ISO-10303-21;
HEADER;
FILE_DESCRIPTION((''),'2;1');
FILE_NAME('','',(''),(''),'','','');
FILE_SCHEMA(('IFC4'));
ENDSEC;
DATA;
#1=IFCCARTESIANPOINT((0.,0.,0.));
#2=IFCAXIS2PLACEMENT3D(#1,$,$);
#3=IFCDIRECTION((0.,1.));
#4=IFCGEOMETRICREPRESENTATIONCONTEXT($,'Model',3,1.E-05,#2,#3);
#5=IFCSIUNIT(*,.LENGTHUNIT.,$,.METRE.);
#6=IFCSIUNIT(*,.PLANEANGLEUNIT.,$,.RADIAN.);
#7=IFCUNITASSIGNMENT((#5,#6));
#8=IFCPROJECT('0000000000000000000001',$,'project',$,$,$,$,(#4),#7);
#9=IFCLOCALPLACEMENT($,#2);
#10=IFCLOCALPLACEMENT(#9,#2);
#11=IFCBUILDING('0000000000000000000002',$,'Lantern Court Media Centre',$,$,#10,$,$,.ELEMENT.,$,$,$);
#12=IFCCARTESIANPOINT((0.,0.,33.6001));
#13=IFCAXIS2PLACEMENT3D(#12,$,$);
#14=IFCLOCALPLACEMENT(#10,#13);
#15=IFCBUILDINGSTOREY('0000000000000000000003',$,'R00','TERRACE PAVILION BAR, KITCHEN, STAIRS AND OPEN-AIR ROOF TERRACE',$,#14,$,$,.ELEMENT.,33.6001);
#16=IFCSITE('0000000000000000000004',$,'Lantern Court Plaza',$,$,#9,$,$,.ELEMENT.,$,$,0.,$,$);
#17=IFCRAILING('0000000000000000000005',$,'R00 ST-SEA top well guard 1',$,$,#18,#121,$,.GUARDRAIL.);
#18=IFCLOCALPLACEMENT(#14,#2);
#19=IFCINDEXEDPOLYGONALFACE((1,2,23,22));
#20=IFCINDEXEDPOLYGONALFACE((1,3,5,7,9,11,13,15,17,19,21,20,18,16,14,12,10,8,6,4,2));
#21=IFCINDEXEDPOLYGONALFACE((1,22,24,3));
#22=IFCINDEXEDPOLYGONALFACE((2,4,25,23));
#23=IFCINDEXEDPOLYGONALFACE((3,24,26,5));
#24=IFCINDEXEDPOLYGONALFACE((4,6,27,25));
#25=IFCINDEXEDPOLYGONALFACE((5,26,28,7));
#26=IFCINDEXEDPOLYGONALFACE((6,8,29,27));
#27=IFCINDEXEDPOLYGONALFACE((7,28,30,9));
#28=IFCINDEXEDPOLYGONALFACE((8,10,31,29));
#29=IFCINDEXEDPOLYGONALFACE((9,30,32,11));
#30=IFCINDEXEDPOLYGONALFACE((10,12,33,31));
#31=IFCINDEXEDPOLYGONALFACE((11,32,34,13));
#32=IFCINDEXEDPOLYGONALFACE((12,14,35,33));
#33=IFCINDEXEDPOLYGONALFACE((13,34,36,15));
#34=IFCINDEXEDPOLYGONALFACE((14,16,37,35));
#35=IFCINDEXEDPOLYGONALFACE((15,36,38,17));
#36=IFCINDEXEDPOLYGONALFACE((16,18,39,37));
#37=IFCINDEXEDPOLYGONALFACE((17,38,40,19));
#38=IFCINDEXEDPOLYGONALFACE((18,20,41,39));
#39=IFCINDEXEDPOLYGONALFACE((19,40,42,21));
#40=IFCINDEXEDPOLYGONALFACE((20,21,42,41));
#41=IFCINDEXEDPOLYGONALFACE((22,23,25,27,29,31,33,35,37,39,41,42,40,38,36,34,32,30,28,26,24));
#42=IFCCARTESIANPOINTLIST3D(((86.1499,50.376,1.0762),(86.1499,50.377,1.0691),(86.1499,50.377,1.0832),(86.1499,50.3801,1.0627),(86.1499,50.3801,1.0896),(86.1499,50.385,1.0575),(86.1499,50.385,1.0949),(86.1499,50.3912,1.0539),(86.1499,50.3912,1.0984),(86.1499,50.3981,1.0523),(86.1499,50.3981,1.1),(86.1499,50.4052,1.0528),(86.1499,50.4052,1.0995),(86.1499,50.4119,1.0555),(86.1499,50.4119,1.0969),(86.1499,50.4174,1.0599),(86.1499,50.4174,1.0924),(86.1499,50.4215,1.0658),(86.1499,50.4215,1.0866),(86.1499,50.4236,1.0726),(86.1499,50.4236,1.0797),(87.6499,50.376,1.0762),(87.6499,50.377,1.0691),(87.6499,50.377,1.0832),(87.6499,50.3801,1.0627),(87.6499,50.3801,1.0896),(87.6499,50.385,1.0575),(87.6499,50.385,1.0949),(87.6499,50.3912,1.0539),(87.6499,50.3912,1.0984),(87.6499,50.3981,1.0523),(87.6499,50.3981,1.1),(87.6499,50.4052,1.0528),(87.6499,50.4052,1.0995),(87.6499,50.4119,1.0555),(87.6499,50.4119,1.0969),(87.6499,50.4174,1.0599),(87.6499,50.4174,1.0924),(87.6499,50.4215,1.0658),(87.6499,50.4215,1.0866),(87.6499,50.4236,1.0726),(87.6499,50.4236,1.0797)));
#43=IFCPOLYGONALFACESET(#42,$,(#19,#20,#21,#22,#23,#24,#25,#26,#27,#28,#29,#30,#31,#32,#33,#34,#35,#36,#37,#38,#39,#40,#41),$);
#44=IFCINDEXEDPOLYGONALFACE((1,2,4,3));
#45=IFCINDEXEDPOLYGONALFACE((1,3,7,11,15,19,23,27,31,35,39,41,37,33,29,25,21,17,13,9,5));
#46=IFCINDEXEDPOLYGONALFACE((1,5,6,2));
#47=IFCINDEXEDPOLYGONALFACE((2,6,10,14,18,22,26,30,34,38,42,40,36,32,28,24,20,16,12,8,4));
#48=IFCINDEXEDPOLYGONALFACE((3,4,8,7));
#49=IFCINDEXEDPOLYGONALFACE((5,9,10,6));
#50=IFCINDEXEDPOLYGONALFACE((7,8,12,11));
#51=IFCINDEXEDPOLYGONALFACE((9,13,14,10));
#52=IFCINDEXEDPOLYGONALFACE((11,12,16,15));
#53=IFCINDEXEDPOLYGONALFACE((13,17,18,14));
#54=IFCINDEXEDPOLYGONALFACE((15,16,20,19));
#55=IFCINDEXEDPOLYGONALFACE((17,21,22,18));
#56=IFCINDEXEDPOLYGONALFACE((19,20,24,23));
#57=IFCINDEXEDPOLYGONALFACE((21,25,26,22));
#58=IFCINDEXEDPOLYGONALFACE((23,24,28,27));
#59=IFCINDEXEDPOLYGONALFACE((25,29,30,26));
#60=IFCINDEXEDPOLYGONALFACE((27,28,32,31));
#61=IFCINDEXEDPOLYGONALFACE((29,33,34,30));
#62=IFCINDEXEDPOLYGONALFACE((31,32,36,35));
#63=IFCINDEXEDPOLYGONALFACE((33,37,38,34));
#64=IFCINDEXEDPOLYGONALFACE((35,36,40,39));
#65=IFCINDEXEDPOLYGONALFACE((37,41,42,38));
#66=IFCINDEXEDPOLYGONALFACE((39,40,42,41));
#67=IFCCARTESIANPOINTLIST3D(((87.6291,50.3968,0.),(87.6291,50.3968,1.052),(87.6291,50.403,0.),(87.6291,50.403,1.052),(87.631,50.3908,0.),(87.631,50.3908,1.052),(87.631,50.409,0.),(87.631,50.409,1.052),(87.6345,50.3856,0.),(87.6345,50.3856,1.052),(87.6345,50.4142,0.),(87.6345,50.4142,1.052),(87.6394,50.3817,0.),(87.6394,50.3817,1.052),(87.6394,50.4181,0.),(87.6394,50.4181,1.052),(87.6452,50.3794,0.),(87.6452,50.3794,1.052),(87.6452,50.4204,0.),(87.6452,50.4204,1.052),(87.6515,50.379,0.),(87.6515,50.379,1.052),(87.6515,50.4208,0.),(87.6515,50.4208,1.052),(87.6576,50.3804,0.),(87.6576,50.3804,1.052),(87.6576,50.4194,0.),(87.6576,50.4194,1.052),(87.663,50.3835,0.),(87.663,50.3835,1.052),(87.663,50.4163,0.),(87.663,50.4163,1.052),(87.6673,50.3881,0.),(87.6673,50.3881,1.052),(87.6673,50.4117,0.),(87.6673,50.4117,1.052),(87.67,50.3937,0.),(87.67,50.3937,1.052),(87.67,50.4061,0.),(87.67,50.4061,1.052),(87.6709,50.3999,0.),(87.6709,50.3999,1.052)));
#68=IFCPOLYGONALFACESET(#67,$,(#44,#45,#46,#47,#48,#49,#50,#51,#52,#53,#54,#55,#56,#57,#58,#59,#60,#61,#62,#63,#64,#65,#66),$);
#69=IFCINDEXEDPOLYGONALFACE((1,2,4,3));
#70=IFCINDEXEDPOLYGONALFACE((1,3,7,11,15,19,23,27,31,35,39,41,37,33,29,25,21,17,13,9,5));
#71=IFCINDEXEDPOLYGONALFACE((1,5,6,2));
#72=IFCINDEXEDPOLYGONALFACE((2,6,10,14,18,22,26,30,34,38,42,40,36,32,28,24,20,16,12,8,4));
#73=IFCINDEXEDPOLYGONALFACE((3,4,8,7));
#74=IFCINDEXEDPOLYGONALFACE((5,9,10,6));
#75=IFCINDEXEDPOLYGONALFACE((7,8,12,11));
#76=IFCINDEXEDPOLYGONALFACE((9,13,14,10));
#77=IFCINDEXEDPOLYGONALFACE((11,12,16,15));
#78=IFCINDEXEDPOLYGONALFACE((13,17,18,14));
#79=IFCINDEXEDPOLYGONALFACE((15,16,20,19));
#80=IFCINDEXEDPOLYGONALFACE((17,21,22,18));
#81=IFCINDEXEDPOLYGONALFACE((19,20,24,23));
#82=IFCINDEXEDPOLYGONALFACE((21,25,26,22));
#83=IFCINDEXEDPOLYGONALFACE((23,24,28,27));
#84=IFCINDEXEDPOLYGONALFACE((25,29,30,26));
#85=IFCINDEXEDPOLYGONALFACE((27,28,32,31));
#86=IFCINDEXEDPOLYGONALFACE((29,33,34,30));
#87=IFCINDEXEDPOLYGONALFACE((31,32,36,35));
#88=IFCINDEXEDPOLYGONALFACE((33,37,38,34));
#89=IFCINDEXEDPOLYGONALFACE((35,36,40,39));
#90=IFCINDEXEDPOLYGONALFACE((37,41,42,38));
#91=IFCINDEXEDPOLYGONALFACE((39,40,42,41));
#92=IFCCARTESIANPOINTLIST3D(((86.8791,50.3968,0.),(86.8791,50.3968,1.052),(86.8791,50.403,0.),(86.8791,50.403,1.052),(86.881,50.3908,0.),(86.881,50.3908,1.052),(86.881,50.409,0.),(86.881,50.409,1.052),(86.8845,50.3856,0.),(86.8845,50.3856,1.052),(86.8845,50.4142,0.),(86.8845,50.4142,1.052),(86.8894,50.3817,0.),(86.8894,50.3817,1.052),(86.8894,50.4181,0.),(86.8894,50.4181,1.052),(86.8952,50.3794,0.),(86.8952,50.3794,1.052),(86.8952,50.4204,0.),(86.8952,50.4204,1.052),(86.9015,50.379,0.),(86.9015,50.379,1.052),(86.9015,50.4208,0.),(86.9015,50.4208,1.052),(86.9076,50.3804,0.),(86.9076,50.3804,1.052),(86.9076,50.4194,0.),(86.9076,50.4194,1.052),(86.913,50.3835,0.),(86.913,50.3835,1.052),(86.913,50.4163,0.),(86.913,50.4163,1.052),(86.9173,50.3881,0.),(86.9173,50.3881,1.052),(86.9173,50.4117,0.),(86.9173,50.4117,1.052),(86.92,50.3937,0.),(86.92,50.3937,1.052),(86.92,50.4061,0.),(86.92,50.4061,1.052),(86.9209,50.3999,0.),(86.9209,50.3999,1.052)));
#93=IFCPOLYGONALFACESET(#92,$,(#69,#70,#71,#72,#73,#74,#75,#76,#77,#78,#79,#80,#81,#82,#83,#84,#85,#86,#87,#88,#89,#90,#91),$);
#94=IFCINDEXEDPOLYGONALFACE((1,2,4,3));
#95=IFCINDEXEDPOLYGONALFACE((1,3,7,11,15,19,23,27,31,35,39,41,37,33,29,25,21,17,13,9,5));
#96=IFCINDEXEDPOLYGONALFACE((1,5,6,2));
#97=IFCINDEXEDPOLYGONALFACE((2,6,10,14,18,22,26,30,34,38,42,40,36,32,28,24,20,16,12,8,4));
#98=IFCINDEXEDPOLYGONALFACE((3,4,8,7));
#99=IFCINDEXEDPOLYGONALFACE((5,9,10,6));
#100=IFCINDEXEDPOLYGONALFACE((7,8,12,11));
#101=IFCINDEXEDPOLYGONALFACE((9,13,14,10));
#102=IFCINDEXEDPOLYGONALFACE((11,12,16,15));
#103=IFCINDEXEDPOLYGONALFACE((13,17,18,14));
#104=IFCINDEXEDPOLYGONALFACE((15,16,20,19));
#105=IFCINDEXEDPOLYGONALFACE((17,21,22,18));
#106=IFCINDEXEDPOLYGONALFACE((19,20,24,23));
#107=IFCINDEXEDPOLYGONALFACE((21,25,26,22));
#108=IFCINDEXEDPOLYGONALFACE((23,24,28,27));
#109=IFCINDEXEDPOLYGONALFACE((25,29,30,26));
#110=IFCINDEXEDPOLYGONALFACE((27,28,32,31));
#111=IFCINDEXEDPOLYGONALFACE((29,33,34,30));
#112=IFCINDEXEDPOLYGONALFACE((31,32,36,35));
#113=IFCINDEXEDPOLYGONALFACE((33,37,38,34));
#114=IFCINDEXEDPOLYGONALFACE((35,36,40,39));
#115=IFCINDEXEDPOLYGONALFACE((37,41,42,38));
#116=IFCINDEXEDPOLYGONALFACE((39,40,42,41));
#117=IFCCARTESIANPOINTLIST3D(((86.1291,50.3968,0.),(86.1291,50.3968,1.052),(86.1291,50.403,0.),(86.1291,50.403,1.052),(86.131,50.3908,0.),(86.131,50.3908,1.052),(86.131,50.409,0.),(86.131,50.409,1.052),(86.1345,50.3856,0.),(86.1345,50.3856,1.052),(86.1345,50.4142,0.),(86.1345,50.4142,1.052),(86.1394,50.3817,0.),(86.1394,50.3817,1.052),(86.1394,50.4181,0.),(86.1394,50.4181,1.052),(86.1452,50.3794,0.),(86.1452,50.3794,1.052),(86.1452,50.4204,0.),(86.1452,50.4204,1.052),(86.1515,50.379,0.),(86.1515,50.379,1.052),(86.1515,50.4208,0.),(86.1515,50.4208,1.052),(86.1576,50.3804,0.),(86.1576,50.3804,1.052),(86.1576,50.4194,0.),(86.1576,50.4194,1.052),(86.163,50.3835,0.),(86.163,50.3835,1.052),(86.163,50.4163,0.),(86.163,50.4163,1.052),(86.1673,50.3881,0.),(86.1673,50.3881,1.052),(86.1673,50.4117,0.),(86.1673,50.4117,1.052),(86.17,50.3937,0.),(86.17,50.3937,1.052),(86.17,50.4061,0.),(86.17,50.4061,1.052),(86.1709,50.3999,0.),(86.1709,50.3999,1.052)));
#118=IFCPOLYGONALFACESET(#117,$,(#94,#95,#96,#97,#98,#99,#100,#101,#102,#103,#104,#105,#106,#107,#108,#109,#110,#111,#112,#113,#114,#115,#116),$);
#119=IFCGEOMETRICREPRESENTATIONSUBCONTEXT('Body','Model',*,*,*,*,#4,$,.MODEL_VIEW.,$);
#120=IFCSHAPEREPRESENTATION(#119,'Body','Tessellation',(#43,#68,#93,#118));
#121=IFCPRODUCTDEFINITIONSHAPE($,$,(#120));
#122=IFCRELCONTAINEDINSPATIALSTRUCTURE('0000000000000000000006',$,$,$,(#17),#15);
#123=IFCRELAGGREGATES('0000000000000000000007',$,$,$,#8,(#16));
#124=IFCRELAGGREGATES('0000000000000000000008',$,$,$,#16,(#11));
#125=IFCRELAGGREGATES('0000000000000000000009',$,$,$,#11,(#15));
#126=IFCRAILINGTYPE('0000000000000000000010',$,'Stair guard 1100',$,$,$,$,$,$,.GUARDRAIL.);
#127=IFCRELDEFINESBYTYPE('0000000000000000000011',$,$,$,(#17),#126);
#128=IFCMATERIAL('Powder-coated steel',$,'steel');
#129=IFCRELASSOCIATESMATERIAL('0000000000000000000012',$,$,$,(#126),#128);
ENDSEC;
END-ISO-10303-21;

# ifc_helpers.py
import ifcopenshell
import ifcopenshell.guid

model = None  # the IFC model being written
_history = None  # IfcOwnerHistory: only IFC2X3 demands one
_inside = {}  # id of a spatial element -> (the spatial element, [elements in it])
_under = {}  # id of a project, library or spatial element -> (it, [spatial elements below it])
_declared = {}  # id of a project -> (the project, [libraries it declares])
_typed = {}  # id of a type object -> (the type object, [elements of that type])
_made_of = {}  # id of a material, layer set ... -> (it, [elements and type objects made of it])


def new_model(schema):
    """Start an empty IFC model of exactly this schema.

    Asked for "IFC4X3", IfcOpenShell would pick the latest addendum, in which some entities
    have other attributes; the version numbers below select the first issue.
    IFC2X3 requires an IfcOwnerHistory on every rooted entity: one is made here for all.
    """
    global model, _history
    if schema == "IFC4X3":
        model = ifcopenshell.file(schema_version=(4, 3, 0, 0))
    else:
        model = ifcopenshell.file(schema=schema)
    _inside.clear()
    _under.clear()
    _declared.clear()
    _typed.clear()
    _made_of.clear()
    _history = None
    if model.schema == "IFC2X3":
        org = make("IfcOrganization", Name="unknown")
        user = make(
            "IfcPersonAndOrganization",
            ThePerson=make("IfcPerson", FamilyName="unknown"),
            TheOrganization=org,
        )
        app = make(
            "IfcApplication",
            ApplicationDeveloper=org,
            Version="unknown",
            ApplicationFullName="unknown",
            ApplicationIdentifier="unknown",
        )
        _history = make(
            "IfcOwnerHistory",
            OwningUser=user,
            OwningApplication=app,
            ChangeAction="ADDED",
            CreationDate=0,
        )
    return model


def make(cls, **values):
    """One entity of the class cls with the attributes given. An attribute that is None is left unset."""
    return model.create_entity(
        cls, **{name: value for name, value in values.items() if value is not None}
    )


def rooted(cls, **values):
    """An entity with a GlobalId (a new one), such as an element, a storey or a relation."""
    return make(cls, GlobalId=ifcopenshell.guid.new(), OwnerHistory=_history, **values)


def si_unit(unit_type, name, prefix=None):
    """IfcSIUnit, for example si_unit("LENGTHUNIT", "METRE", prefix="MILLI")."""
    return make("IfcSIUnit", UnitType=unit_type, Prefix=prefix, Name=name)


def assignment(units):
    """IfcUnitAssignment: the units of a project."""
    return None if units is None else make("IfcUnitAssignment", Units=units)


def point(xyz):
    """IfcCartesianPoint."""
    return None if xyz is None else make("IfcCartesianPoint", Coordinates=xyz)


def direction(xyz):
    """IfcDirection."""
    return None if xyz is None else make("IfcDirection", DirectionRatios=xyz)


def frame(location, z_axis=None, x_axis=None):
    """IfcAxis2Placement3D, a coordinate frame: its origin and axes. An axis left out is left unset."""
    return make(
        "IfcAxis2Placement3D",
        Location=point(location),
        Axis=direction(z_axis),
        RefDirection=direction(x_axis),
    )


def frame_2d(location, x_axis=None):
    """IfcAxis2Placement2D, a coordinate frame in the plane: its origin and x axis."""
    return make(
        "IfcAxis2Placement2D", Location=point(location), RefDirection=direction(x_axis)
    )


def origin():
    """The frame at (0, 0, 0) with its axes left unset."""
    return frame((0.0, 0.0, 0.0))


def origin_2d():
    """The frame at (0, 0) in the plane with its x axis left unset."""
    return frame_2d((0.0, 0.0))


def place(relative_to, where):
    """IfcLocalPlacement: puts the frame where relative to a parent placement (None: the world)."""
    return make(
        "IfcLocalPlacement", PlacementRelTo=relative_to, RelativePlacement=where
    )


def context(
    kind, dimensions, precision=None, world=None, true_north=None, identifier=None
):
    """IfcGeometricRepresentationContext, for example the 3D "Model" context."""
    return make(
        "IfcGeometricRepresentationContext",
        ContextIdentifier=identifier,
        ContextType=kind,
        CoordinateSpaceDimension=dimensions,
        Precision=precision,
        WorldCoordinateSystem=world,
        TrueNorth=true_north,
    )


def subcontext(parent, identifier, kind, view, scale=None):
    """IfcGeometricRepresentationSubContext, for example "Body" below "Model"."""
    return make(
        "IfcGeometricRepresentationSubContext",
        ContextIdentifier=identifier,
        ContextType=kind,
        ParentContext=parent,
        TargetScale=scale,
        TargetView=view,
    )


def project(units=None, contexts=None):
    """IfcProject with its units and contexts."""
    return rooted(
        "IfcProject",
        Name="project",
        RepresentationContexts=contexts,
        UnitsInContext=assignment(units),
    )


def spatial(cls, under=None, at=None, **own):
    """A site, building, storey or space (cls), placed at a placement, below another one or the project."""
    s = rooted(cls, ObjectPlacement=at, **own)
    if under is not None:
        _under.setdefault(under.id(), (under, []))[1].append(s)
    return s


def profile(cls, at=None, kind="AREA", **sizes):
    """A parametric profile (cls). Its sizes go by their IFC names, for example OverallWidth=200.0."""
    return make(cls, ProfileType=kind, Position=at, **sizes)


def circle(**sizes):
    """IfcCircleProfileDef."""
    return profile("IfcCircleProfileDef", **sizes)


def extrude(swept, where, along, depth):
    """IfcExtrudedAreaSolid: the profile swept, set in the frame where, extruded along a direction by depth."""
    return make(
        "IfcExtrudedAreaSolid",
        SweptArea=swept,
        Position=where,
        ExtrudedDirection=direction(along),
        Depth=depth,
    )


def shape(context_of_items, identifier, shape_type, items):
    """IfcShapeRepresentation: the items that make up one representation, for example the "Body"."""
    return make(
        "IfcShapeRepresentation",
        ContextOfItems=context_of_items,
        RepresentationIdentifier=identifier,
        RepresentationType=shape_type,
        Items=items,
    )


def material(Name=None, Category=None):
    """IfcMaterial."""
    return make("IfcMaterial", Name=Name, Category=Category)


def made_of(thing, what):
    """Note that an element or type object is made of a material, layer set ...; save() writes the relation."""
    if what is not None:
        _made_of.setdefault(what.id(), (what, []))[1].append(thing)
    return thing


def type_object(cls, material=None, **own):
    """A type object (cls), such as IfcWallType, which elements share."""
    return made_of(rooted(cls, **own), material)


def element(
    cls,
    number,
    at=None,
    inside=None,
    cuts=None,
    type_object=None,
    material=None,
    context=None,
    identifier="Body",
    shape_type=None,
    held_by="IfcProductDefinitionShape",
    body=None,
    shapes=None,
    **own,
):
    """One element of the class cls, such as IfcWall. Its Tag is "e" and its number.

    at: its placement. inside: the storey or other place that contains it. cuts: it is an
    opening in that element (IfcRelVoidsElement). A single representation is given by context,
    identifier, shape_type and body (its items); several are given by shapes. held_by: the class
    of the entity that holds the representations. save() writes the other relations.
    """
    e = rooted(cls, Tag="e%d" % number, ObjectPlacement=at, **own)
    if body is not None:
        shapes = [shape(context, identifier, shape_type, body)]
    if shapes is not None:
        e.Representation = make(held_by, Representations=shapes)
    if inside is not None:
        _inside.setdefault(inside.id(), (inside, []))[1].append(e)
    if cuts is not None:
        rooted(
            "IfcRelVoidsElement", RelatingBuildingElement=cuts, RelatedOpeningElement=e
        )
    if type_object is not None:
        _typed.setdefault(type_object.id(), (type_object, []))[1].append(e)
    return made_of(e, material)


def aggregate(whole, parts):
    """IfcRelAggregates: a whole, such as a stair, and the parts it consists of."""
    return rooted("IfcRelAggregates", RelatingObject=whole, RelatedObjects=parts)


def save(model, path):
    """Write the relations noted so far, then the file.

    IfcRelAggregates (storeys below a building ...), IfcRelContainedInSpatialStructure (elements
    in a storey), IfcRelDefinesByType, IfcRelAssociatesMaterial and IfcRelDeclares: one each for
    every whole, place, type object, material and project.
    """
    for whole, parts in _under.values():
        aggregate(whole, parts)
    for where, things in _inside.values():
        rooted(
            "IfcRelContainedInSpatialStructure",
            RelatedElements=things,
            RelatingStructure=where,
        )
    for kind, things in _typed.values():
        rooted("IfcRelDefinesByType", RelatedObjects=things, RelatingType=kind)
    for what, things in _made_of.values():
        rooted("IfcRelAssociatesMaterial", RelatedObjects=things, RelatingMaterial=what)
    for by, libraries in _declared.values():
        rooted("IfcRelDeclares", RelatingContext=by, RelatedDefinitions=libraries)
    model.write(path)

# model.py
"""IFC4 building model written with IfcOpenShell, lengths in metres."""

from ifc_helpers import new_model, si_unit, direction, frame, origin, origin_2d, place, context, subcontext, project, spatial, circle, extrude, material, type_object, element, save


model = new_model("IFC4")

# Units and contexts
model_context = context("Model", 3, precision=1e-05, world=origin(), true_north=direction((0.0, 1.0)))
body_context = subcontext(model_context, "Body", "Model", "MODEL_VIEW")
ifc_project = project(units=[si_unit("LENGTHUNIT", "METRE"), si_unit("PLANEANGLEUNIT", "RADIAN")], contexts=[model_context])

# Site, building, storey
site_placement = place(None, origin())
site = spatial("IfcSite", under=ifc_project, at=site_placement, Name="Lantern Court Plaza", CompositionType="ELEMENT", RefElevation=0.0)
building_placement = place(site_placement, origin())
building = spatial("IfcBuilding", under=site, at=building_placement, Name="Lantern Court Media Centre", CompositionType="ELEMENT")
storey_placement = place(building_placement, frame((0.0, 0.0, 33.6001)))
storey = spatial("IfcBuildingStorey", under=building, at=storey_placement, Name="R00", Description="TERRACE PAVILION BAR, KITCHEN, STAIRS AND OPEN-AIR ROOF TERRACE", CompositionType="ELEMENT", Elevation=33.6001)

# Railing
ifc_material_1 = material(Name="Powder-coated steel", Category="steel")
railing_type = type_object("IfcRailingType", Name="Stair guard 1100", PredefinedType="GUARDRAIL", material=ifc_material_1)
railing_placement = place(storey_placement, frame((87.6499, 50.3999, 0.0)))
element("IfcRailing", 1, at=railing_placement, inside=storey, type_object=railing_type, Name="R00 ST-SEA top well guard 1", PredefinedType="GUARDRAIL", context=body_context, shape_type="SweptSolid", body=[
    extrude(circle(Radius=0.0239, at=origin_2d()), frame((0.0, 0.0, 1.0762), z_axis=(-1.0, 0.0, 0.0), x_axis=(0.0, -1.0, 0.0)), (0.0, 0.0, 1.0), 1.5),
    extrude(circle(Radius=0.021, at=origin_2d()), origin(), (0.0, 0.0, 1.0), 1.052),
    extrude(circle(Radius=0.021, at=origin_2d()), frame((-0.75, 0.0, 0.0)), (0.0, 0.0, 1.0), 1.052),
    extrude(circle(Radius=0.021, at=origin_2d()), frame((-1.5, 0.0, 0.0)), (0.0, 0.0, 1.0), 1.052),
])

save(model, "model.ifc")
